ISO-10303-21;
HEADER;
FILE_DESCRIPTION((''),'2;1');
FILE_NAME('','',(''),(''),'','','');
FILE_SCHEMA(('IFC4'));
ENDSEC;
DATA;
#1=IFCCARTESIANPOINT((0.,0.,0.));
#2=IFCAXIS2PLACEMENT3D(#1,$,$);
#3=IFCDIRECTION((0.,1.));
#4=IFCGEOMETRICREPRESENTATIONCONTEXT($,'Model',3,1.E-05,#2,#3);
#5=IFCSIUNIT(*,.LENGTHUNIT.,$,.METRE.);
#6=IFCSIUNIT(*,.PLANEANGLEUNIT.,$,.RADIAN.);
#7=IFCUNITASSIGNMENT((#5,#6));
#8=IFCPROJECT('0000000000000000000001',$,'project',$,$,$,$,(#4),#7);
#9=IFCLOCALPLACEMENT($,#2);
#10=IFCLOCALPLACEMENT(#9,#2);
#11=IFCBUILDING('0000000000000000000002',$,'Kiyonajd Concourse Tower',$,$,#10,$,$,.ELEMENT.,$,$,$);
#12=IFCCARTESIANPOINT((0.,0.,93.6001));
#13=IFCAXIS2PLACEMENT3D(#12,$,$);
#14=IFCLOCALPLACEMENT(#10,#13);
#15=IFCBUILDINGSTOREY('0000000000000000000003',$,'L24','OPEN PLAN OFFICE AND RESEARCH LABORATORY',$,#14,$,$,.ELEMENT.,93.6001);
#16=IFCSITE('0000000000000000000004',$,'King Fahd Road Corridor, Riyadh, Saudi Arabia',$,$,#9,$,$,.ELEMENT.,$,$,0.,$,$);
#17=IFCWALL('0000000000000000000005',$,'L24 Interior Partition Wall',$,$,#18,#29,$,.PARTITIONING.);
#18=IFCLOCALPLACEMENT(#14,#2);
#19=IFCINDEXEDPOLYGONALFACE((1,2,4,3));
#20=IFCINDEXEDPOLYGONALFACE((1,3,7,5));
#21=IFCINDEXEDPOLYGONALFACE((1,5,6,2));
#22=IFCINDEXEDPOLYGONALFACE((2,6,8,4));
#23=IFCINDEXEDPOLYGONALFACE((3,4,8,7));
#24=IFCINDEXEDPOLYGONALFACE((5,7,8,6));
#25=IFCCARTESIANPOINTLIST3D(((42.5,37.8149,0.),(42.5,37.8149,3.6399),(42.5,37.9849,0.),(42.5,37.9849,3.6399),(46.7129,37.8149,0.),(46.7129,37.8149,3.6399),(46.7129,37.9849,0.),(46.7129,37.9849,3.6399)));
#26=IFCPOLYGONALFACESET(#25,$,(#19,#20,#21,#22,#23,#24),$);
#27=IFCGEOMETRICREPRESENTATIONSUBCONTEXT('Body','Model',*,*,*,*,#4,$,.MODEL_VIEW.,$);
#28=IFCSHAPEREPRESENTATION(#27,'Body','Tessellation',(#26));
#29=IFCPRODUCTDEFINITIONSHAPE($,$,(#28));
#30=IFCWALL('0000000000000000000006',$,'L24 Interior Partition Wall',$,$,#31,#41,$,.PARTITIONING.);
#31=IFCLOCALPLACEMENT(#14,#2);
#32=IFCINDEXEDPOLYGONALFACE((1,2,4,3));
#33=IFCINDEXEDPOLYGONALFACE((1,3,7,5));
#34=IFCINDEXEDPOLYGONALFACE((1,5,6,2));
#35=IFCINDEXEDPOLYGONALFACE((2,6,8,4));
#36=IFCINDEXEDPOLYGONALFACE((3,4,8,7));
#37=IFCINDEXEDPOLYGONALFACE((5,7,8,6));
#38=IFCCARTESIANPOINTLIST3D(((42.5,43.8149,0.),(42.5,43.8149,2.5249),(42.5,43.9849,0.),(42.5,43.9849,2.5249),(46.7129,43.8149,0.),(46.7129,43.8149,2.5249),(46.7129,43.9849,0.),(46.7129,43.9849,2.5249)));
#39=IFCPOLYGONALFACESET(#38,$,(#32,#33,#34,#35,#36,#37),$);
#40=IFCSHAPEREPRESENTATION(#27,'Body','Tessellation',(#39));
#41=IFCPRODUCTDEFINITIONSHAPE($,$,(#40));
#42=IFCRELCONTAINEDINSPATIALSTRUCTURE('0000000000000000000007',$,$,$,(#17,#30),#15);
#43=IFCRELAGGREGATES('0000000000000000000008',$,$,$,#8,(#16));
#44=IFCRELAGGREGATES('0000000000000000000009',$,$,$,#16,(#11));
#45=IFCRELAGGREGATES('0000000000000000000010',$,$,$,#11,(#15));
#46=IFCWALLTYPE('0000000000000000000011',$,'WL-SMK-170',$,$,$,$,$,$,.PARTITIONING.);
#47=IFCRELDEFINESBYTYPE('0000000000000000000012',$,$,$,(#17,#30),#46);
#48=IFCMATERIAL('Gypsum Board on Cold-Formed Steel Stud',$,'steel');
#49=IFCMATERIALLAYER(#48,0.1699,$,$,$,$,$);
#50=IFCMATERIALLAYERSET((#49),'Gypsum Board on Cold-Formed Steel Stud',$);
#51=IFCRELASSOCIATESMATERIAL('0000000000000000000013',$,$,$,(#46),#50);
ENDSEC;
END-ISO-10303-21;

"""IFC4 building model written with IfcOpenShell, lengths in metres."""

from ifc_helpers import new_model, si_unit, direction, frame, frame_2d, origin, place, context, subcontext, project, spatial, rectangle, extrude, material, layer, layer_set, type_object, element, save


model = new_model("IFC4")

# Units and contexts
model_context = context("Model", 3, precision=1e-05, world=origin(), true_north=direction((0.0, 1.0)))
body_context = subcontext(model_context, "Body", "Model", "MODEL_VIEW")
ifc_project = project(units=[si_unit("LENGTHUNIT", "METRE"), si_unit("PLANEANGLEUNIT", "RADIAN")], contexts=[model_context])

# Site, building, storey
site_placement = place(None, origin())
site = spatial("IfcSite", under=ifc_project, at=site_placement, Name="King Fahd Road Corridor, Riyadh, Saudi Arabia", CompositionType="ELEMENT", RefElevation=0.0)
building_placement = place(site_placement, origin())
building = spatial("IfcBuilding", under=site, at=building_placement, Name="Kiyonajd Concourse Tower", CompositionType="ELEMENT")
storey_placement = place(building_placement, frame((0.0, 0.0, 93.6001)))
storey = spatial("IfcBuildingStorey", under=building, at=storey_placement, Name="L24", Description="OPEN PLAN OFFICE AND RESEARCH LABORATORY", CompositionType="ELEMENT", Elevation=93.6001)

# Walls
ifc_material_1 = material(Name="Gypsum Board on Cold-Formed Steel Stud", Category="steel")
ifc_layer_1 = layer(ifc_material_1, 0.1699)
ifc_layer_set_1 = layer_set([ifc_layer_1], Name="Gypsum Board on Cold-Formed Steel Stud")
wall_type_1 = type_object("IfcWallType", Name="WL-SMK-170", PredefinedType="PARTITIONING", material=ifc_layer_set_1)
wall_1_placement = place(storey_placement, frame((42.5, 37.8999, 0.0), z_axis=(0.0, 0.0, 1.0), x_axis=(1.0, 0.0, 0.0)))
element("IfcWall", 1, at=wall_1_placement, inside=storey, type_object=wall_type_1, Name="L24 Interior Partition Wall", PredefinedType="PARTITIONING", context=body_context, shape_type="SweptSolid", body=[
    extrude(rectangle(XDim=4.2129, YDim=0.1699, at=frame_2d((2.1064, 0.0))), origin(), (0.0, 0.0, 1.0), 3.6399),
])
wall_2_placement = place(storey_placement, frame((42.5, 43.8999, 0.0), z_axis=(0.0, 0.0, 1.0), x_axis=(1.0, 0.0, 0.0)))
element("IfcWall", 2, at=wall_2_placement, inside=storey, type_object=wall_type_1, Name="L24 Interior Partition Wall", PredefinedType="PARTITIONING", context=body_context, shape_type="SweptSolid", body=[
    extrude(rectangle(XDim=4.2129, YDim=0.1699, at=frame_2d((2.1064, 0.0))), origin(), (0.0, 0.0, 1.0), 2.5249),
])

save(model, "model.ifc")
